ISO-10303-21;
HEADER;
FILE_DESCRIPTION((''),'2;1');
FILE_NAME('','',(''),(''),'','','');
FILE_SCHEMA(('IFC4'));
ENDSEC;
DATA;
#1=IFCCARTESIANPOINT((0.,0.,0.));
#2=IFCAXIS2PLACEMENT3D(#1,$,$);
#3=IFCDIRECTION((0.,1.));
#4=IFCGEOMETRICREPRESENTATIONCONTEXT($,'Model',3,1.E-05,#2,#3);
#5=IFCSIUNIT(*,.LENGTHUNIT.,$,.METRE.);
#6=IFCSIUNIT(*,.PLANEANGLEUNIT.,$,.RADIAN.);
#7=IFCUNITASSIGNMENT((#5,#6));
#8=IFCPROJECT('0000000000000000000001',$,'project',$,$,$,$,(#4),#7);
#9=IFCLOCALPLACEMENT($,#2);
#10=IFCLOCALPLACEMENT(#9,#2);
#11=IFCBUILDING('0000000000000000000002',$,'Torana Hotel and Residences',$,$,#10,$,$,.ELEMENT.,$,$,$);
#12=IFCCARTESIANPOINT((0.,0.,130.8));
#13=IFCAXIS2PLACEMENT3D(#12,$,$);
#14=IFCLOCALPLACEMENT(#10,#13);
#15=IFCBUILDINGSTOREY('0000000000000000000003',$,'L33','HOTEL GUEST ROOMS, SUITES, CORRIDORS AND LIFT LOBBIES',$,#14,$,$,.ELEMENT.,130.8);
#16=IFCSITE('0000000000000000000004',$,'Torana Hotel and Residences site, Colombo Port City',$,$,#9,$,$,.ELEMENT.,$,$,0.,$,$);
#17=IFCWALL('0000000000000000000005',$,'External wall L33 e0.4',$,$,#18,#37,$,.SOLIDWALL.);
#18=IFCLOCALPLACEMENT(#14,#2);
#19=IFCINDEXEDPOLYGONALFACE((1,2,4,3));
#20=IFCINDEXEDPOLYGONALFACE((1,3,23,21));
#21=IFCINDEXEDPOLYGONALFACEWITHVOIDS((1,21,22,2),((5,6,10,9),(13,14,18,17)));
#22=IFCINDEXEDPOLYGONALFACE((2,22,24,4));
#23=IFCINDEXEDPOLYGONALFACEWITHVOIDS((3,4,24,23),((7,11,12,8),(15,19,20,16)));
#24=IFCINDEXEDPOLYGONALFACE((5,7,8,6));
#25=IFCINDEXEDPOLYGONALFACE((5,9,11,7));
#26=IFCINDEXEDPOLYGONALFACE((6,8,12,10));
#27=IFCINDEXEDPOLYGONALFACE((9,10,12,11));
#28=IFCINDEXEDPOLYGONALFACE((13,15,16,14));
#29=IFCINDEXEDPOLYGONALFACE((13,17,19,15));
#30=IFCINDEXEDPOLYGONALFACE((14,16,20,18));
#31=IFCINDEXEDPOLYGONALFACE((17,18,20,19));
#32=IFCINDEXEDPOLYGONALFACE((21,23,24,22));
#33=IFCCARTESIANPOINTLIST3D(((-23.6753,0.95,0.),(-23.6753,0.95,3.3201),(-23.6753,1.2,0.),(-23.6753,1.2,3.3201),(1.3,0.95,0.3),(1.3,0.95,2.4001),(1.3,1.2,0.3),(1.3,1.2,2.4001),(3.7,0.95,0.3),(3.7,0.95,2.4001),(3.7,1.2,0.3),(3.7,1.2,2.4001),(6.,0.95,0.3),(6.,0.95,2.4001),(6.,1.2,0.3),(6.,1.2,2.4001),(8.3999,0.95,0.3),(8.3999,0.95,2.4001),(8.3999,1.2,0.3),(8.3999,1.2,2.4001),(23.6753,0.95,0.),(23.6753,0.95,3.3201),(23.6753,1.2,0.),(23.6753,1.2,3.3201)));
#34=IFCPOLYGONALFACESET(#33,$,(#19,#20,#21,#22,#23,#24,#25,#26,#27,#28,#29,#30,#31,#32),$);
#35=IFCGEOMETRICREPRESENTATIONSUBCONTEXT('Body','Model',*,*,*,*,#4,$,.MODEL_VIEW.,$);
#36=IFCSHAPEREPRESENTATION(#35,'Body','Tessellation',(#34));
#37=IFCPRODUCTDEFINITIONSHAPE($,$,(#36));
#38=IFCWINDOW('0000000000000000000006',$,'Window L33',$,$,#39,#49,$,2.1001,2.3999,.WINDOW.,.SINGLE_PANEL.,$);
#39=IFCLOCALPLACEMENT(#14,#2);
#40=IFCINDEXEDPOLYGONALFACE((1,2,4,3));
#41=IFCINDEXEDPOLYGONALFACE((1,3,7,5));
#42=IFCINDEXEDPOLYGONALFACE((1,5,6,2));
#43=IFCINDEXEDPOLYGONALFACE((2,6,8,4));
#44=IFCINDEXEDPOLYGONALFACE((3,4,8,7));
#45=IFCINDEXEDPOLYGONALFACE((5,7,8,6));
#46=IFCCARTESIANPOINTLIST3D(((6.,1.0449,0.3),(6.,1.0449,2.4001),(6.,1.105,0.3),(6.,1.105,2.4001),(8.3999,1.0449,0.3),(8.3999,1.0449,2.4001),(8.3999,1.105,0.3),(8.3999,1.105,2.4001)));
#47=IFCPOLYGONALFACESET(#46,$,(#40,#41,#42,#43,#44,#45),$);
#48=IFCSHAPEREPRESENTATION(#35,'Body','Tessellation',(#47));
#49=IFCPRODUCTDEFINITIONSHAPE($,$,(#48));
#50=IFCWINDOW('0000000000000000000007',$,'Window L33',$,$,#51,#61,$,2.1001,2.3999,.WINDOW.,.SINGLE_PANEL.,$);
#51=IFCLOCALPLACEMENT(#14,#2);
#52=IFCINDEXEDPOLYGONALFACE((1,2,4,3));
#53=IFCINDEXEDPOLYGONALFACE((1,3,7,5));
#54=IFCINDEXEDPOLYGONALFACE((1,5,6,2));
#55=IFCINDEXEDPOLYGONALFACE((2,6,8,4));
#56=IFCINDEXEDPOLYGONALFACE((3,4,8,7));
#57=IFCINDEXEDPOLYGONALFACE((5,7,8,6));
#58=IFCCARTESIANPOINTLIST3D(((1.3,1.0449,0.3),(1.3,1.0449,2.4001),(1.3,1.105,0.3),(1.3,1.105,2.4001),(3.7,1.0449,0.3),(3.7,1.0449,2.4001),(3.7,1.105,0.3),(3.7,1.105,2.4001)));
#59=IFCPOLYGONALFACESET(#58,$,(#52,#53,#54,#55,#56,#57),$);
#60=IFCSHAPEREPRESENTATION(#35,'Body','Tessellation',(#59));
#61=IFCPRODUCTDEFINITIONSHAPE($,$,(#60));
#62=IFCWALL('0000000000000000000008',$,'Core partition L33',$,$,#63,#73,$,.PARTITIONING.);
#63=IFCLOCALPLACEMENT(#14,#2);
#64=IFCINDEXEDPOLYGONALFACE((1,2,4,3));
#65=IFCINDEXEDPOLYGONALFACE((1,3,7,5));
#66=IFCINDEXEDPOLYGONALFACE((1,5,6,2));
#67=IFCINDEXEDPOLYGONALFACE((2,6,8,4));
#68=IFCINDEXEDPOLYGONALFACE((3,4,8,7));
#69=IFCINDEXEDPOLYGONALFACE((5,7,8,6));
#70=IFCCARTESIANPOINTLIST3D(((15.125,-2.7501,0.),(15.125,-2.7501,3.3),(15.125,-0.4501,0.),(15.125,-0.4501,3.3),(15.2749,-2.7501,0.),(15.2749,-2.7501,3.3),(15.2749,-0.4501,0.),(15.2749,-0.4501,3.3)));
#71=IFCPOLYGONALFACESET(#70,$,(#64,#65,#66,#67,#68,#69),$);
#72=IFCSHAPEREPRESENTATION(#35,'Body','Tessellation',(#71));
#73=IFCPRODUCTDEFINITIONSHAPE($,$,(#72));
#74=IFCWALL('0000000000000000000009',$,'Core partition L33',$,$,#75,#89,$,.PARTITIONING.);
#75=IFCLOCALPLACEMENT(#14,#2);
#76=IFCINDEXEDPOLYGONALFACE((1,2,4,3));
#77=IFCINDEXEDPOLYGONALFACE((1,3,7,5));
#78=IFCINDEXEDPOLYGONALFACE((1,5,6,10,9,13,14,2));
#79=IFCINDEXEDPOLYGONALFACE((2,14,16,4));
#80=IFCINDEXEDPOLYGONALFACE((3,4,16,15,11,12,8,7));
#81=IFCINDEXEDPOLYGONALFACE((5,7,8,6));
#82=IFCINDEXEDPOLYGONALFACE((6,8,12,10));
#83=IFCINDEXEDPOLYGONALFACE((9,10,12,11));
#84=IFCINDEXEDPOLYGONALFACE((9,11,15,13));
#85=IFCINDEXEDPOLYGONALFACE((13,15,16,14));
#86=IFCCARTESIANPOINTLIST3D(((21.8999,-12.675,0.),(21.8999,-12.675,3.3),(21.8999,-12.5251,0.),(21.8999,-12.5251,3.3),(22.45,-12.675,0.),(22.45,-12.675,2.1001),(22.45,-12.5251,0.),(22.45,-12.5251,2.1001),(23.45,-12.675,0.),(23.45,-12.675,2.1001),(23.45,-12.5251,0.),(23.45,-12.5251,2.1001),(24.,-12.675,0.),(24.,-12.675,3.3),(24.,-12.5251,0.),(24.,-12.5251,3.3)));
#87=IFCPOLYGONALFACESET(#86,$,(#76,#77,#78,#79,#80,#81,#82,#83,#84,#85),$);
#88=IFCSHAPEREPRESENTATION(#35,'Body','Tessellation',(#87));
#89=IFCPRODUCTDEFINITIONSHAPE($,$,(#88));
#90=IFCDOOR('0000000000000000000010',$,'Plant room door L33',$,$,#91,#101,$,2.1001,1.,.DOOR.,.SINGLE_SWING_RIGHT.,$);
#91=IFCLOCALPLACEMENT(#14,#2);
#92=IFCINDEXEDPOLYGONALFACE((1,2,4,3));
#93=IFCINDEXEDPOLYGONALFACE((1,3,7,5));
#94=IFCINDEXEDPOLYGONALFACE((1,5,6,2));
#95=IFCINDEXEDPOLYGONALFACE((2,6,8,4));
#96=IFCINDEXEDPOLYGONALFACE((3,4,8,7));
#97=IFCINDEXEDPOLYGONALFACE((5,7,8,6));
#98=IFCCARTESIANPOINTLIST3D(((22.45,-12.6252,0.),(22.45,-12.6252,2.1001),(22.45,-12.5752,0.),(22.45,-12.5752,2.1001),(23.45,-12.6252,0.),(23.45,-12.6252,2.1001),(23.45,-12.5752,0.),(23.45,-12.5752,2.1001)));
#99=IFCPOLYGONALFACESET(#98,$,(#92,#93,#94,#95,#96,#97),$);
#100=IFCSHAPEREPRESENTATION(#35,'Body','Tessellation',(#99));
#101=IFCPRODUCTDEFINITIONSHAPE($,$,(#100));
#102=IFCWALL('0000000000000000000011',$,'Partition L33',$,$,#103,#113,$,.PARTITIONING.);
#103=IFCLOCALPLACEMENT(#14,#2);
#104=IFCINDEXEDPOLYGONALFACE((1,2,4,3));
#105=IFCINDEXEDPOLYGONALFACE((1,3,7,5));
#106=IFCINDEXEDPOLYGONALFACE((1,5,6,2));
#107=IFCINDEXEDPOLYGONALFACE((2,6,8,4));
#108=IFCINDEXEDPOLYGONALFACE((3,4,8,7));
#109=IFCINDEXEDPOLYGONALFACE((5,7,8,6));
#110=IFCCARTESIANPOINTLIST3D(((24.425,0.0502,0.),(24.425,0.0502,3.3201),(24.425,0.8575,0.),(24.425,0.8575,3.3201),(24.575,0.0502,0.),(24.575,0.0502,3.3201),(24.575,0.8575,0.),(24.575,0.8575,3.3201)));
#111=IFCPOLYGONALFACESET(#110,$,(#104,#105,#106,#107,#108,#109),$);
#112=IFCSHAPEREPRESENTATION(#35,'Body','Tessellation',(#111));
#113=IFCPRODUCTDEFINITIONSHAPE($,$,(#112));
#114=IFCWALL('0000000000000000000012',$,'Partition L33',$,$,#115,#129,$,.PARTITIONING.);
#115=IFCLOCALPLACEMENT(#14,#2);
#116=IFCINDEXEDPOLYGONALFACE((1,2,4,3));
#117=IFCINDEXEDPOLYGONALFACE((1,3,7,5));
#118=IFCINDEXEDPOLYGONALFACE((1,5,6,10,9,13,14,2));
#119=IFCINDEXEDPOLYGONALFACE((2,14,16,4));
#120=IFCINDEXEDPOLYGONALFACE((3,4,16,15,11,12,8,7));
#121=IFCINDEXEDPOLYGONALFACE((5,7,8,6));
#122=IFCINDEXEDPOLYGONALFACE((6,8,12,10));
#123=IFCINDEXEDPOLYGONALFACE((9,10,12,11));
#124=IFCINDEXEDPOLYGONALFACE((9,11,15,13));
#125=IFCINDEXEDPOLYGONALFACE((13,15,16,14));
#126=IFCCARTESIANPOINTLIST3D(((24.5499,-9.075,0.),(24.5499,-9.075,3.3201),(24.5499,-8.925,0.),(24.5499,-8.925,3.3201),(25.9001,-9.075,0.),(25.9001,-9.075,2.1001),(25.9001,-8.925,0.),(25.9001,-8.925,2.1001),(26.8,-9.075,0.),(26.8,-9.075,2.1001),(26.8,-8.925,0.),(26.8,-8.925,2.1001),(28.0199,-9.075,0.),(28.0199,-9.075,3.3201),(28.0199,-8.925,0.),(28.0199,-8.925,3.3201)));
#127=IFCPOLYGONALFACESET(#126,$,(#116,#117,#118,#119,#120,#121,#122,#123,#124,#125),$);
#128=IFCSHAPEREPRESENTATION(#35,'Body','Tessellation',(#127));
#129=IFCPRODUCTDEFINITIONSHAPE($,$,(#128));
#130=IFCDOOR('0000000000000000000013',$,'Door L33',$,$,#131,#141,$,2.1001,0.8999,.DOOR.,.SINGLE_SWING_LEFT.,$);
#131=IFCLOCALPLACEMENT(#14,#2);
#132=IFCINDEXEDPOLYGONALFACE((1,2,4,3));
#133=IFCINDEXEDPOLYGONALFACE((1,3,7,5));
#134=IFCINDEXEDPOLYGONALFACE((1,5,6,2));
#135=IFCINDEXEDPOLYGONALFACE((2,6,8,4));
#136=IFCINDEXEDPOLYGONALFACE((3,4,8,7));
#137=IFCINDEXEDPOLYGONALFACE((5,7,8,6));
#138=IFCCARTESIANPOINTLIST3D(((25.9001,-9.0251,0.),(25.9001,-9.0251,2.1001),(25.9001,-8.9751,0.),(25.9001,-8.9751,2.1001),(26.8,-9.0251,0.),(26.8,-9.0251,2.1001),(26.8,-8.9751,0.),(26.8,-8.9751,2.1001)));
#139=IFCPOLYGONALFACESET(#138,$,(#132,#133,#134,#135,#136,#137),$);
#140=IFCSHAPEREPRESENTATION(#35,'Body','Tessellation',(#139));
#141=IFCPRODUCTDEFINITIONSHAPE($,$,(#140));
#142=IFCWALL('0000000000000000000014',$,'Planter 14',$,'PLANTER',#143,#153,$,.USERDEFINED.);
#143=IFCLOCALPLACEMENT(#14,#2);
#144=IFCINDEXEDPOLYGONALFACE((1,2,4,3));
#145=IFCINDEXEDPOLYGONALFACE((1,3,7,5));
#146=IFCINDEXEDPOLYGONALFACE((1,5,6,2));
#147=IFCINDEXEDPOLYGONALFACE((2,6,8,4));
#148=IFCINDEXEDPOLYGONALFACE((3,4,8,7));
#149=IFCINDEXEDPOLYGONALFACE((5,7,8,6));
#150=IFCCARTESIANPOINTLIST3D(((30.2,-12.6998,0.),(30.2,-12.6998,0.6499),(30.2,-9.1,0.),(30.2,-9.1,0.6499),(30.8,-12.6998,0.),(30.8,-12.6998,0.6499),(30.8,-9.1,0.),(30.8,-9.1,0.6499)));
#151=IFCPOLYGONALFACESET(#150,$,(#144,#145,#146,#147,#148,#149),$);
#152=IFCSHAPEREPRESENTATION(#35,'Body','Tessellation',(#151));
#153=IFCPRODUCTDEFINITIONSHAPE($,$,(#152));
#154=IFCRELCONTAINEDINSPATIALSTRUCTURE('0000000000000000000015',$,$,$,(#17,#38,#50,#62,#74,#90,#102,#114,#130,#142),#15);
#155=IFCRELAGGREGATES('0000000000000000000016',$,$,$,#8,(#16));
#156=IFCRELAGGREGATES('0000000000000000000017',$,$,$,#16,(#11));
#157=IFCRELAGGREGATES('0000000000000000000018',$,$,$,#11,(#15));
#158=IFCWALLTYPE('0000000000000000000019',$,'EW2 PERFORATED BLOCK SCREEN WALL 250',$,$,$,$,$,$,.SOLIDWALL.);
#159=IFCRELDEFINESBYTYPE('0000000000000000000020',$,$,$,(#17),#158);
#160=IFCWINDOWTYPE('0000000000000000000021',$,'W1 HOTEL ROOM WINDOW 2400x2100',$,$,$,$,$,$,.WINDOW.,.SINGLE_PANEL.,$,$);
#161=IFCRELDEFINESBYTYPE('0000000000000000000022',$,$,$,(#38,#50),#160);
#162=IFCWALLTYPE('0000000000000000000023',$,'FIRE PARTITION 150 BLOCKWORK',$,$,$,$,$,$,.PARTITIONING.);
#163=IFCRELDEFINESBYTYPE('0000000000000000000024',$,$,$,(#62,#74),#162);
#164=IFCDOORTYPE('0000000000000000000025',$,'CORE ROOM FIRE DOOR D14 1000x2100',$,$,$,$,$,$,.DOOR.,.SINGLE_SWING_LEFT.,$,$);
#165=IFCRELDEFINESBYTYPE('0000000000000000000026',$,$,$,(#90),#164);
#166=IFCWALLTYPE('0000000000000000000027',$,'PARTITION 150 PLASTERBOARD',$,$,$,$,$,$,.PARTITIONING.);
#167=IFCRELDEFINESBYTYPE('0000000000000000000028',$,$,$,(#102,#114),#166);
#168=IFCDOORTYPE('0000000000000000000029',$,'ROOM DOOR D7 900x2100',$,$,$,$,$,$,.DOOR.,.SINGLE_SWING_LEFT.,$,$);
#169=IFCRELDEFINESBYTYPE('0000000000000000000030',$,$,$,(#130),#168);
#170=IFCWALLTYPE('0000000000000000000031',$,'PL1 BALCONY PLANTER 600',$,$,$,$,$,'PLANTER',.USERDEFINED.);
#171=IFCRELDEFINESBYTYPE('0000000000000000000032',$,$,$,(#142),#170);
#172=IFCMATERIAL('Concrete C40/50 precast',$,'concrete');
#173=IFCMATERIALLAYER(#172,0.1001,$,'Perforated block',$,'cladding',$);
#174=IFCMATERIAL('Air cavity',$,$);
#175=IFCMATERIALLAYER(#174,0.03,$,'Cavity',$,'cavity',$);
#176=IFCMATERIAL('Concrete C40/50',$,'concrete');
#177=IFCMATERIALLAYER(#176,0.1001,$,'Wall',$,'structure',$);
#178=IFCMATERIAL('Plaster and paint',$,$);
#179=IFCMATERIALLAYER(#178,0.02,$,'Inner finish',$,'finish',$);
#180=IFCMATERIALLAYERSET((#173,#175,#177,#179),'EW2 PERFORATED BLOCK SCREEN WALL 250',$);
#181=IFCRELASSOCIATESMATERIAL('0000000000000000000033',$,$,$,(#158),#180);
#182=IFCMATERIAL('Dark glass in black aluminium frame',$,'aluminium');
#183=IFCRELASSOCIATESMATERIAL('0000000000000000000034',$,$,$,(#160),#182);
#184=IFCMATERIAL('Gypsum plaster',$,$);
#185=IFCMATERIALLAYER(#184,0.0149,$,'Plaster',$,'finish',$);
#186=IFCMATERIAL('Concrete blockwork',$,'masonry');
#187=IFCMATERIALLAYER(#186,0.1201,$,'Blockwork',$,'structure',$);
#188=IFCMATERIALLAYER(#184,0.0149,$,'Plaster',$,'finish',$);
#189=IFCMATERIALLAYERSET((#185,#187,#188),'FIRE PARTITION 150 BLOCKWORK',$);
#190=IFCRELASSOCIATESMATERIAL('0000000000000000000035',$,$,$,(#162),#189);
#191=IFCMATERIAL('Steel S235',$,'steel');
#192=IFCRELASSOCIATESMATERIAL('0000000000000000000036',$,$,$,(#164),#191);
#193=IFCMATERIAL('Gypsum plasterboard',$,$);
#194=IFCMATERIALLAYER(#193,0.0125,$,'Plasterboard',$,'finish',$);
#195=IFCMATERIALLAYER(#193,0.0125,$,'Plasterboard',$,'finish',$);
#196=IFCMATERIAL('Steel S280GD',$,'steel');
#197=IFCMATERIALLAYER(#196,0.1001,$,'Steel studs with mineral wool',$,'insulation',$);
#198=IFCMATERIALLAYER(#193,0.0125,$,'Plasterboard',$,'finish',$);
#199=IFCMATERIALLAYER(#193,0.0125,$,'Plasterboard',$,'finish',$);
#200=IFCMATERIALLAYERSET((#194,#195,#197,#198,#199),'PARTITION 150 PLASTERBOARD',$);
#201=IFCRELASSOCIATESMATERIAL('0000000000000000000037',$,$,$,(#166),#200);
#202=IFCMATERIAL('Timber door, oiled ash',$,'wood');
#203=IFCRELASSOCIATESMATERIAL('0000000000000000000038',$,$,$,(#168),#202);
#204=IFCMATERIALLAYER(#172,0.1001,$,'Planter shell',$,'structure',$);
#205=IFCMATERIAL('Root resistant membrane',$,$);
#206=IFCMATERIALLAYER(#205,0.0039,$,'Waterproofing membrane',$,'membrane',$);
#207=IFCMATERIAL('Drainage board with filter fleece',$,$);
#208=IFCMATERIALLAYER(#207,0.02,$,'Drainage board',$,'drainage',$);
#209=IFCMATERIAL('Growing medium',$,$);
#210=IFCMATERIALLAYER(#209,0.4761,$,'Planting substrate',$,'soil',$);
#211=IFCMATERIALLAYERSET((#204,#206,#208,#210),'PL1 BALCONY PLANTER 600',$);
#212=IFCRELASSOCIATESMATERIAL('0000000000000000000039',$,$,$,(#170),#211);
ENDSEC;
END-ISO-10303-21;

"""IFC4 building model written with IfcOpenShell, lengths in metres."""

from ifc_helpers import new_model, si_unit, direction, frame, frame_2d, origin, place, context, subcontext, project, spatial, rectangle, extrude, material, layer, layer_set, type_object, element, fill, save


model = new_model("IFC4")

# Units and contexts
model_context = context("Model", 3, precision=1e-05, world=origin(), true_north=direction((0.0, 1.0)))
body_context = subcontext(model_context, "Body", "Model", "MODEL_VIEW")
ifc_project = project(units=[si_unit("LENGTHUNIT", "METRE"), si_unit("PLANEANGLEUNIT", "RADIAN")], contexts=[model_context])

# Site, building, storey
site_placement = place(None, origin())
site = spatial("IfcSite", under=ifc_project, at=site_placement, Name="Torana Hotel and Residences site, Colombo Port City", CompositionType="ELEMENT", RefElevation=0.0)
building_placement = place(site_placement, origin())
building = spatial("IfcBuilding", under=site, at=building_placement, Name="Torana Hotel and Residences", CompositionType="ELEMENT")
storey_placement = place(building_placement, frame((0.0, 0.0, 130.8)))
storey = spatial("IfcBuildingStorey", under=building, at=storey_placement, Name="L33", Description="HOTEL GUEST ROOMS, SUITES, CORRIDORS AND LIFT LOBBIES", CompositionType="ELEMENT", Elevation=130.8)

# Shared definitions
ifc_material_1 = material(Name="Steel S280GD", Category="steel")

# Wall, openings, windows
ifc_material_2 = material(Name="Concrete C40/50 precast", Category="concrete")
ifc_layer_1 = layer(ifc_material_2, 0.1001, Name="Perforated block", Category="cladding")
ifc_material_3 = material(Name="Air cavity")
ifc_layer_2 = layer(ifc_material_3, 0.03, Name="Cavity", Category="cavity")
ifc_material_4 = material(Name="Concrete C40/50", Category="concrete")
ifc_layer_3 = layer(ifc_material_4, 0.1001, Name="Wall", Category="structure")
ifc_material_5 = material(Name="Plaster and paint")
ifc_layer_4 = layer(ifc_material_5, 0.02, Name="Inner finish", Category="finish")
ifc_layer_set_1 = layer_set([ifc_layer_1, ifc_layer_2, ifc_layer_3, ifc_layer_4], Name="EW2 PERFORATED BLOCK SCREEN WALL 250")
wall_type_1 = type_object("IfcWallType", Name="EW2 PERFORATED BLOCK SCREEN WALL 250", PredefinedType="SOLIDWALL", material=ifc_layer_set_1)
wall_1_placement = place(storey_placement, frame((23.6753, 1.075, 0.0), z_axis=(0.0, 0.0, 1.0), x_axis=(-1.0, 0.0, 0.0)))
wall_1 = element("IfcWall", 1, at=wall_1_placement, inside=storey, type_object=wall_type_1, Name="External wall L33 e0.4", PredefinedType="SOLIDWALL", context=body_context, shape_type="SweptSolid", body=[
    extrude(rectangle(XDim=47.3506, YDim=0.25, at=frame_2d((23.6753, 0.0))), origin(), (0.0, 0.0, 1.0), 3.3201),
])
opening_1_placement = place(wall_1_placement, frame((15.2754, 0.0, 0.3)))
opening_1 = element("IfcOpeningElement", 2, at=opening_1_placement, cuts=wall_1, PredefinedType="OPENING", context=body_context, shape_type="SweptSolid", body=[
    extrude(rectangle(XDim=2.3999, YDim=2.1001, at=frame_2d((1.2, 1.05))), frame((0.0, 0.135, 0.0), z_axis=(0.0, -1.0, 0.0), x_axis=(1.0, 0.0, 0.0)), (0.0, 0.0, 1.0), 0.27),
])
opening_2_placement = place(wall_1_placement, frame((19.9753, 0.0, 0.3)))
opening_2 = element("IfcOpeningElement", 3, at=opening_2_placement, cuts=wall_1, PredefinedType="OPENING", context=body_context, shape_type="SweptSolid", body=[
    extrude(rectangle(XDim=2.3999, YDim=2.1001, at=frame_2d((1.2, 1.05))), frame((0.0, 0.135, 0.0), z_axis=(0.0, -1.0, 0.0), x_axis=(1.0, 0.0, 0.0)), (0.0, 0.0, 1.0), 0.27),
])
ifc_material_6 = material(Name="Dark glass in black aluminium frame", Category="aluminium")
window_type = type_object("IfcWindowType", Name="W1 HOTEL ROOM WINDOW 2400x2100", PartitioningType="SINGLE_PANEL", PredefinedType="WINDOW", material=ifc_material_6)
window_1_placement = place(opening_1_placement, origin())
window_1 = element("IfcWindow", 4, at=window_1_placement, inside=storey, type_object=window_type, Name="Window L33", OverallHeight=2.1001, OverallWidth=2.3999, PartitioningType="SINGLE_PANEL", PredefinedType="WINDOW", context=body_context, shape_type="SweptSolid", body=[
    extrude(rectangle(XDim=2.3999, YDim=2.1001, at=frame_2d((1.2, 1.05))), frame((0.0, 0.03, 0.0), z_axis=(0.0, -1.0, 0.0), x_axis=(1.0, 0.0, 0.0)), (0.0, 0.0, 1.0), 0.0601),
])
fill(opening_1, window_1)
window_2_placement = place(opening_2_placement, origin())
window_2 = element("IfcWindow", 5, at=window_2_placement, inside=storey, type_object=window_type, Name="Window L33", OverallHeight=2.1001, OverallWidth=2.3999, PartitioningType="SINGLE_PANEL", PredefinedType="WINDOW", context=body_context, shape_type="SweptSolid", body=[
    extrude(rectangle(XDim=2.3999, YDim=2.1001, at=frame_2d((1.2, 1.05))), frame((0.0, 0.03, 0.0), z_axis=(0.0, -1.0, 0.0), x_axis=(1.0, 0.0, 0.0)), (0.0, 0.0, 1.0), 0.0601),
])
fill(opening_2, window_2)

# Wall
ifc_material_7 = material(Name="Gypsum plaster")
ifc_layer_5 = layer(ifc_material_7, 0.0149, Name="Plaster", Category="finish")
ifc_material_8 = material(Name="Concrete blockwork", Category="masonry")
ifc_layer_6 = layer(ifc_material_8, 0.1201, Name="Blockwork", Category="structure")
ifc_layer_7 = layer(ifc_material_7, 0.0149, Name="Plaster", Category="finish")
ifc_layer_set_2 = layer_set([ifc_layer_5, ifc_layer_6, ifc_layer_7], Name="FIRE PARTITION 150 BLOCKWORK")
wall_type_2 = type_object("IfcWallType", Name="FIRE PARTITION 150 BLOCKWORK", PredefinedType="PARTITIONING", material=ifc_layer_set_2)
wall_2_placement = place(storey_placement, frame((15.2, -2.75, 0.0), z_axis=(0.0, 0.0, 1.0), x_axis=(0.0, 1.0, 0.0)))
element("IfcWall", 6, at=wall_2_placement, inside=storey, type_object=wall_type_2, Name="Core partition L33", PredefinedType="PARTITIONING", context=body_context, shape_type="SweptSolid", body=[
    extrude(rectangle(XDim=2.3, YDim=0.1499, at=frame_2d((1.1499, 0.0))), origin(), (0.0, 0.0, 1.0), 3.3),
])

# Wall, opening, door
wall_3_placement = place(storey_placement, frame((21.8999, -12.6001, 0.0), z_axis=(0.0, 0.0, 1.0), x_axis=(1.0, 0.0, 0.0)))
wall_3 = element("IfcWall", 7, at=wall_3_placement, inside=storey, type_object=wall_type_2, Name="Core partition L33", PredefinedType="PARTITIONING", context=body_context, shape_type="SweptSolid", body=[
    extrude(rectangle(XDim=2.1001, YDim=0.1499, at=frame_2d((1.05, 0.0))), origin(), (0.0, 0.0, 1.0), 3.3),
])
opening_3_placement = place(wall_3_placement, frame((0.55, 0.0, 0.0)))
opening_3 = element("IfcOpeningElement", 8, at=opening_3_placement, cuts=wall_3, PredefinedType="OPENING", context=body_context, shape_type="SweptSolid", body=[
    extrude(rectangle(XDim=1.0, YDim=2.1001, at=frame_2d((0.5, 1.05))), frame((0.0, 0.085, 0.0), z_axis=(0.0, -1.0, 0.0), x_axis=(1.0, 0.0, 0.0)), (0.0, 0.0, 1.0), 0.1699),
])
ifc_material_9 = material(Name="Steel S235", Category="steel")
door_type_1 = type_object("IfcDoorType", Name="CORE ROOM FIRE DOOR D14 1000x2100", OperationType="SINGLE_SWING_LEFT", PredefinedType="DOOR", material=ifc_material_9)
door_1_placement = place(opening_3_placement, origin())
door_1 = element("IfcDoor", 9, at=door_1_placement, inside=storey, type_object=door_type_1, Name="Plant room door L33", OperationType="SINGLE_SWING_RIGHT", OverallHeight=2.1001, OverallWidth=1.0, PredefinedType="DOOR", context=body_context, shape_type="SweptSolid", body=[
    extrude(rectangle(XDim=1.0, YDim=2.1001, at=frame_2d((0.5, 1.05))), frame((0.0, 0.0249, 0.0), z_axis=(0.0, -1.0, 0.0), x_axis=(1.0, 0.0, 0.0)), (0.0, 0.0, 1.0), 0.05),
])
fill(opening_3, door_1)

# Wall
ifc_material_10 = material(Name="Gypsum plasterboard")
ifc_layer_8 = layer(ifc_material_10, 0.0125, Name="Plasterboard", Category="finish")
ifc_layer_9 = layer(ifc_material_10, 0.0125, Name="Plasterboard", Category="finish")
ifc_layer_10 = layer(ifc_material_1, 0.1001, Name="Steel studs with mineral wool", Category="insulation")
ifc_layer_11 = layer(ifc_material_10, 0.0125, Name="Plasterboard", Category="finish")
ifc_layer_12 = layer(ifc_material_10, 0.0125, Name="Plasterboard", Category="finish")
ifc_layer_set_3 = layer_set([ifc_layer_8, ifc_layer_9, ifc_layer_10, ifc_layer_11, ifc_layer_12], Name="PARTITION 150 PLASTERBOARD")
wall_type_3 = type_object("IfcWallType", Name="PARTITION 150 PLASTERBOARD", PredefinedType="PARTITIONING", material=ifc_layer_set_3)
wall_4_placement = place(storey_placement, frame((24.5, 0.05, 0.0), z_axis=(0.0, 0.0, 1.0), x_axis=(0.0, 1.0, 0.0)))
element("IfcWall", 10, at=wall_4_placement, inside=storey, type_object=wall_type_3, Name="Partition L33", PredefinedType="PARTITIONING", context=body_context, shape_type="SweptSolid", body=[
    extrude(rectangle(XDim=0.8074, YDim=0.1499, at=frame_2d((0.4038, 0.0))), origin(), (0.0, 0.0, 1.0), 3.3201),
])

# Wall, opening, door
wall_5_placement = place(storey_placement, frame((24.55, -9.0, 0.0), z_axis=(0.0, 0.0, 1.0), x_axis=(1.0, 0.0, 0.0)))
wall_5 = element("IfcWall", 11, at=wall_5_placement, inside=storey, type_object=wall_type_3, Name="Partition L33", PredefinedType="PARTITIONING", context=body_context, shape_type="SweptSolid", body=[
    extrude(rectangle(XDim=3.47, YDim=0.1499, at=frame_2d((1.7349, 0.0))), origin(), (0.0, 0.0, 1.0), 3.3201),
])
opening_4_placement = place(wall_5_placement, frame((1.3501, 0.0, 0.0)))
opening_4 = element("IfcOpeningElement", 12, at=opening_4_placement, cuts=wall_5, PredefinedType="OPENING", context=body_context, shape_type="SweptSolid", body=[
    extrude(rectangle(XDim=0.8999, YDim=2.1001, at=frame_2d((0.45, 1.05))), frame((0.0, 0.085, 0.0), z_axis=(0.0, -1.0, 0.0), x_axis=(1.0, 0.0, 0.0)), (0.0, 0.0, 1.0), 0.1699),
])
ifc_material_11 = material(Name="Timber door, oiled ash", Category="wood")
door_type_2 = type_object("IfcDoorType", Name="ROOM DOOR D7 900x2100", OperationType="SINGLE_SWING_LEFT", PredefinedType="DOOR", material=ifc_material_11)
door_2_placement = place(opening_4_placement, origin())
door_2 = element("IfcDoor", 13, at=door_2_placement, inside=storey, type_object=door_type_2, Name="Door L33", OperationType="SINGLE_SWING_LEFT", OverallHeight=2.1001, OverallWidth=0.8999, PredefinedType="DOOR", context=body_context, shape_type="SweptSolid", body=[
    extrude(rectangle(XDim=0.8999, YDim=2.1001, at=frame_2d((0.45, 1.05))), frame((0.0, 0.0249, 0.0), z_axis=(0.0, -1.0, 0.0), x_axis=(1.0, 0.0, 0.0)), (0.0, 0.0, 1.0), 0.05),
])
fill(opening_4, door_2)

# Wall
ifc_layer_13 = layer(ifc_material_2, 0.1001, Name="Planter shell", Category="structure")
ifc_material_12 = material(Name="Root resistant membrane")
ifc_layer_14 = layer(ifc_material_12, 0.0039, Name="Waterproofing membrane", Category="membrane")
ifc_material_13 = material(Name="Drainage board with filter fleece")
ifc_layer_15 = layer(ifc_material_13, 0.02, Name="Drainage board", Category="drainage")
ifc_material_14 = material(Name="Growing medium")
ifc_layer_16 = layer(ifc_material_14, 0.4761, Name="Planting substrate", Category="soil")
ifc_layer_set_4 = layer_set([ifc_layer_13, ifc_layer_14, ifc_layer_15, ifc_layer_16], Name="PL1 BALCONY PLANTER 600")
wall_type_4 = type_object("IfcWallType", Name="PL1 BALCONY PLANTER 600", ElementType="PLANTER", PredefinedType="USERDEFINED", material=ifc_layer_set_4)
wall_6_placement = place(storey_placement, frame((30.5, -9.1001, 0.0), z_axis=(0.0, 0.0, 1.0), x_axis=(0.0, -1.0, 0.0)))
element("IfcWall", 14, at=wall_6_placement, inside=storey, type_object=wall_type_4, Name="Planter 14", ObjectType="PLANTER", PredefinedType="USERDEFINED", context=body_context, shape_type="SweptSolid", body=[
    extrude(rectangle(XDim=3.5999, YDim=0.6001, at=frame_2d((1.7998, 0.0))), origin(), (0.0, 0.0, 1.0), 0.6499),
])

save(model, "model.ifc")
